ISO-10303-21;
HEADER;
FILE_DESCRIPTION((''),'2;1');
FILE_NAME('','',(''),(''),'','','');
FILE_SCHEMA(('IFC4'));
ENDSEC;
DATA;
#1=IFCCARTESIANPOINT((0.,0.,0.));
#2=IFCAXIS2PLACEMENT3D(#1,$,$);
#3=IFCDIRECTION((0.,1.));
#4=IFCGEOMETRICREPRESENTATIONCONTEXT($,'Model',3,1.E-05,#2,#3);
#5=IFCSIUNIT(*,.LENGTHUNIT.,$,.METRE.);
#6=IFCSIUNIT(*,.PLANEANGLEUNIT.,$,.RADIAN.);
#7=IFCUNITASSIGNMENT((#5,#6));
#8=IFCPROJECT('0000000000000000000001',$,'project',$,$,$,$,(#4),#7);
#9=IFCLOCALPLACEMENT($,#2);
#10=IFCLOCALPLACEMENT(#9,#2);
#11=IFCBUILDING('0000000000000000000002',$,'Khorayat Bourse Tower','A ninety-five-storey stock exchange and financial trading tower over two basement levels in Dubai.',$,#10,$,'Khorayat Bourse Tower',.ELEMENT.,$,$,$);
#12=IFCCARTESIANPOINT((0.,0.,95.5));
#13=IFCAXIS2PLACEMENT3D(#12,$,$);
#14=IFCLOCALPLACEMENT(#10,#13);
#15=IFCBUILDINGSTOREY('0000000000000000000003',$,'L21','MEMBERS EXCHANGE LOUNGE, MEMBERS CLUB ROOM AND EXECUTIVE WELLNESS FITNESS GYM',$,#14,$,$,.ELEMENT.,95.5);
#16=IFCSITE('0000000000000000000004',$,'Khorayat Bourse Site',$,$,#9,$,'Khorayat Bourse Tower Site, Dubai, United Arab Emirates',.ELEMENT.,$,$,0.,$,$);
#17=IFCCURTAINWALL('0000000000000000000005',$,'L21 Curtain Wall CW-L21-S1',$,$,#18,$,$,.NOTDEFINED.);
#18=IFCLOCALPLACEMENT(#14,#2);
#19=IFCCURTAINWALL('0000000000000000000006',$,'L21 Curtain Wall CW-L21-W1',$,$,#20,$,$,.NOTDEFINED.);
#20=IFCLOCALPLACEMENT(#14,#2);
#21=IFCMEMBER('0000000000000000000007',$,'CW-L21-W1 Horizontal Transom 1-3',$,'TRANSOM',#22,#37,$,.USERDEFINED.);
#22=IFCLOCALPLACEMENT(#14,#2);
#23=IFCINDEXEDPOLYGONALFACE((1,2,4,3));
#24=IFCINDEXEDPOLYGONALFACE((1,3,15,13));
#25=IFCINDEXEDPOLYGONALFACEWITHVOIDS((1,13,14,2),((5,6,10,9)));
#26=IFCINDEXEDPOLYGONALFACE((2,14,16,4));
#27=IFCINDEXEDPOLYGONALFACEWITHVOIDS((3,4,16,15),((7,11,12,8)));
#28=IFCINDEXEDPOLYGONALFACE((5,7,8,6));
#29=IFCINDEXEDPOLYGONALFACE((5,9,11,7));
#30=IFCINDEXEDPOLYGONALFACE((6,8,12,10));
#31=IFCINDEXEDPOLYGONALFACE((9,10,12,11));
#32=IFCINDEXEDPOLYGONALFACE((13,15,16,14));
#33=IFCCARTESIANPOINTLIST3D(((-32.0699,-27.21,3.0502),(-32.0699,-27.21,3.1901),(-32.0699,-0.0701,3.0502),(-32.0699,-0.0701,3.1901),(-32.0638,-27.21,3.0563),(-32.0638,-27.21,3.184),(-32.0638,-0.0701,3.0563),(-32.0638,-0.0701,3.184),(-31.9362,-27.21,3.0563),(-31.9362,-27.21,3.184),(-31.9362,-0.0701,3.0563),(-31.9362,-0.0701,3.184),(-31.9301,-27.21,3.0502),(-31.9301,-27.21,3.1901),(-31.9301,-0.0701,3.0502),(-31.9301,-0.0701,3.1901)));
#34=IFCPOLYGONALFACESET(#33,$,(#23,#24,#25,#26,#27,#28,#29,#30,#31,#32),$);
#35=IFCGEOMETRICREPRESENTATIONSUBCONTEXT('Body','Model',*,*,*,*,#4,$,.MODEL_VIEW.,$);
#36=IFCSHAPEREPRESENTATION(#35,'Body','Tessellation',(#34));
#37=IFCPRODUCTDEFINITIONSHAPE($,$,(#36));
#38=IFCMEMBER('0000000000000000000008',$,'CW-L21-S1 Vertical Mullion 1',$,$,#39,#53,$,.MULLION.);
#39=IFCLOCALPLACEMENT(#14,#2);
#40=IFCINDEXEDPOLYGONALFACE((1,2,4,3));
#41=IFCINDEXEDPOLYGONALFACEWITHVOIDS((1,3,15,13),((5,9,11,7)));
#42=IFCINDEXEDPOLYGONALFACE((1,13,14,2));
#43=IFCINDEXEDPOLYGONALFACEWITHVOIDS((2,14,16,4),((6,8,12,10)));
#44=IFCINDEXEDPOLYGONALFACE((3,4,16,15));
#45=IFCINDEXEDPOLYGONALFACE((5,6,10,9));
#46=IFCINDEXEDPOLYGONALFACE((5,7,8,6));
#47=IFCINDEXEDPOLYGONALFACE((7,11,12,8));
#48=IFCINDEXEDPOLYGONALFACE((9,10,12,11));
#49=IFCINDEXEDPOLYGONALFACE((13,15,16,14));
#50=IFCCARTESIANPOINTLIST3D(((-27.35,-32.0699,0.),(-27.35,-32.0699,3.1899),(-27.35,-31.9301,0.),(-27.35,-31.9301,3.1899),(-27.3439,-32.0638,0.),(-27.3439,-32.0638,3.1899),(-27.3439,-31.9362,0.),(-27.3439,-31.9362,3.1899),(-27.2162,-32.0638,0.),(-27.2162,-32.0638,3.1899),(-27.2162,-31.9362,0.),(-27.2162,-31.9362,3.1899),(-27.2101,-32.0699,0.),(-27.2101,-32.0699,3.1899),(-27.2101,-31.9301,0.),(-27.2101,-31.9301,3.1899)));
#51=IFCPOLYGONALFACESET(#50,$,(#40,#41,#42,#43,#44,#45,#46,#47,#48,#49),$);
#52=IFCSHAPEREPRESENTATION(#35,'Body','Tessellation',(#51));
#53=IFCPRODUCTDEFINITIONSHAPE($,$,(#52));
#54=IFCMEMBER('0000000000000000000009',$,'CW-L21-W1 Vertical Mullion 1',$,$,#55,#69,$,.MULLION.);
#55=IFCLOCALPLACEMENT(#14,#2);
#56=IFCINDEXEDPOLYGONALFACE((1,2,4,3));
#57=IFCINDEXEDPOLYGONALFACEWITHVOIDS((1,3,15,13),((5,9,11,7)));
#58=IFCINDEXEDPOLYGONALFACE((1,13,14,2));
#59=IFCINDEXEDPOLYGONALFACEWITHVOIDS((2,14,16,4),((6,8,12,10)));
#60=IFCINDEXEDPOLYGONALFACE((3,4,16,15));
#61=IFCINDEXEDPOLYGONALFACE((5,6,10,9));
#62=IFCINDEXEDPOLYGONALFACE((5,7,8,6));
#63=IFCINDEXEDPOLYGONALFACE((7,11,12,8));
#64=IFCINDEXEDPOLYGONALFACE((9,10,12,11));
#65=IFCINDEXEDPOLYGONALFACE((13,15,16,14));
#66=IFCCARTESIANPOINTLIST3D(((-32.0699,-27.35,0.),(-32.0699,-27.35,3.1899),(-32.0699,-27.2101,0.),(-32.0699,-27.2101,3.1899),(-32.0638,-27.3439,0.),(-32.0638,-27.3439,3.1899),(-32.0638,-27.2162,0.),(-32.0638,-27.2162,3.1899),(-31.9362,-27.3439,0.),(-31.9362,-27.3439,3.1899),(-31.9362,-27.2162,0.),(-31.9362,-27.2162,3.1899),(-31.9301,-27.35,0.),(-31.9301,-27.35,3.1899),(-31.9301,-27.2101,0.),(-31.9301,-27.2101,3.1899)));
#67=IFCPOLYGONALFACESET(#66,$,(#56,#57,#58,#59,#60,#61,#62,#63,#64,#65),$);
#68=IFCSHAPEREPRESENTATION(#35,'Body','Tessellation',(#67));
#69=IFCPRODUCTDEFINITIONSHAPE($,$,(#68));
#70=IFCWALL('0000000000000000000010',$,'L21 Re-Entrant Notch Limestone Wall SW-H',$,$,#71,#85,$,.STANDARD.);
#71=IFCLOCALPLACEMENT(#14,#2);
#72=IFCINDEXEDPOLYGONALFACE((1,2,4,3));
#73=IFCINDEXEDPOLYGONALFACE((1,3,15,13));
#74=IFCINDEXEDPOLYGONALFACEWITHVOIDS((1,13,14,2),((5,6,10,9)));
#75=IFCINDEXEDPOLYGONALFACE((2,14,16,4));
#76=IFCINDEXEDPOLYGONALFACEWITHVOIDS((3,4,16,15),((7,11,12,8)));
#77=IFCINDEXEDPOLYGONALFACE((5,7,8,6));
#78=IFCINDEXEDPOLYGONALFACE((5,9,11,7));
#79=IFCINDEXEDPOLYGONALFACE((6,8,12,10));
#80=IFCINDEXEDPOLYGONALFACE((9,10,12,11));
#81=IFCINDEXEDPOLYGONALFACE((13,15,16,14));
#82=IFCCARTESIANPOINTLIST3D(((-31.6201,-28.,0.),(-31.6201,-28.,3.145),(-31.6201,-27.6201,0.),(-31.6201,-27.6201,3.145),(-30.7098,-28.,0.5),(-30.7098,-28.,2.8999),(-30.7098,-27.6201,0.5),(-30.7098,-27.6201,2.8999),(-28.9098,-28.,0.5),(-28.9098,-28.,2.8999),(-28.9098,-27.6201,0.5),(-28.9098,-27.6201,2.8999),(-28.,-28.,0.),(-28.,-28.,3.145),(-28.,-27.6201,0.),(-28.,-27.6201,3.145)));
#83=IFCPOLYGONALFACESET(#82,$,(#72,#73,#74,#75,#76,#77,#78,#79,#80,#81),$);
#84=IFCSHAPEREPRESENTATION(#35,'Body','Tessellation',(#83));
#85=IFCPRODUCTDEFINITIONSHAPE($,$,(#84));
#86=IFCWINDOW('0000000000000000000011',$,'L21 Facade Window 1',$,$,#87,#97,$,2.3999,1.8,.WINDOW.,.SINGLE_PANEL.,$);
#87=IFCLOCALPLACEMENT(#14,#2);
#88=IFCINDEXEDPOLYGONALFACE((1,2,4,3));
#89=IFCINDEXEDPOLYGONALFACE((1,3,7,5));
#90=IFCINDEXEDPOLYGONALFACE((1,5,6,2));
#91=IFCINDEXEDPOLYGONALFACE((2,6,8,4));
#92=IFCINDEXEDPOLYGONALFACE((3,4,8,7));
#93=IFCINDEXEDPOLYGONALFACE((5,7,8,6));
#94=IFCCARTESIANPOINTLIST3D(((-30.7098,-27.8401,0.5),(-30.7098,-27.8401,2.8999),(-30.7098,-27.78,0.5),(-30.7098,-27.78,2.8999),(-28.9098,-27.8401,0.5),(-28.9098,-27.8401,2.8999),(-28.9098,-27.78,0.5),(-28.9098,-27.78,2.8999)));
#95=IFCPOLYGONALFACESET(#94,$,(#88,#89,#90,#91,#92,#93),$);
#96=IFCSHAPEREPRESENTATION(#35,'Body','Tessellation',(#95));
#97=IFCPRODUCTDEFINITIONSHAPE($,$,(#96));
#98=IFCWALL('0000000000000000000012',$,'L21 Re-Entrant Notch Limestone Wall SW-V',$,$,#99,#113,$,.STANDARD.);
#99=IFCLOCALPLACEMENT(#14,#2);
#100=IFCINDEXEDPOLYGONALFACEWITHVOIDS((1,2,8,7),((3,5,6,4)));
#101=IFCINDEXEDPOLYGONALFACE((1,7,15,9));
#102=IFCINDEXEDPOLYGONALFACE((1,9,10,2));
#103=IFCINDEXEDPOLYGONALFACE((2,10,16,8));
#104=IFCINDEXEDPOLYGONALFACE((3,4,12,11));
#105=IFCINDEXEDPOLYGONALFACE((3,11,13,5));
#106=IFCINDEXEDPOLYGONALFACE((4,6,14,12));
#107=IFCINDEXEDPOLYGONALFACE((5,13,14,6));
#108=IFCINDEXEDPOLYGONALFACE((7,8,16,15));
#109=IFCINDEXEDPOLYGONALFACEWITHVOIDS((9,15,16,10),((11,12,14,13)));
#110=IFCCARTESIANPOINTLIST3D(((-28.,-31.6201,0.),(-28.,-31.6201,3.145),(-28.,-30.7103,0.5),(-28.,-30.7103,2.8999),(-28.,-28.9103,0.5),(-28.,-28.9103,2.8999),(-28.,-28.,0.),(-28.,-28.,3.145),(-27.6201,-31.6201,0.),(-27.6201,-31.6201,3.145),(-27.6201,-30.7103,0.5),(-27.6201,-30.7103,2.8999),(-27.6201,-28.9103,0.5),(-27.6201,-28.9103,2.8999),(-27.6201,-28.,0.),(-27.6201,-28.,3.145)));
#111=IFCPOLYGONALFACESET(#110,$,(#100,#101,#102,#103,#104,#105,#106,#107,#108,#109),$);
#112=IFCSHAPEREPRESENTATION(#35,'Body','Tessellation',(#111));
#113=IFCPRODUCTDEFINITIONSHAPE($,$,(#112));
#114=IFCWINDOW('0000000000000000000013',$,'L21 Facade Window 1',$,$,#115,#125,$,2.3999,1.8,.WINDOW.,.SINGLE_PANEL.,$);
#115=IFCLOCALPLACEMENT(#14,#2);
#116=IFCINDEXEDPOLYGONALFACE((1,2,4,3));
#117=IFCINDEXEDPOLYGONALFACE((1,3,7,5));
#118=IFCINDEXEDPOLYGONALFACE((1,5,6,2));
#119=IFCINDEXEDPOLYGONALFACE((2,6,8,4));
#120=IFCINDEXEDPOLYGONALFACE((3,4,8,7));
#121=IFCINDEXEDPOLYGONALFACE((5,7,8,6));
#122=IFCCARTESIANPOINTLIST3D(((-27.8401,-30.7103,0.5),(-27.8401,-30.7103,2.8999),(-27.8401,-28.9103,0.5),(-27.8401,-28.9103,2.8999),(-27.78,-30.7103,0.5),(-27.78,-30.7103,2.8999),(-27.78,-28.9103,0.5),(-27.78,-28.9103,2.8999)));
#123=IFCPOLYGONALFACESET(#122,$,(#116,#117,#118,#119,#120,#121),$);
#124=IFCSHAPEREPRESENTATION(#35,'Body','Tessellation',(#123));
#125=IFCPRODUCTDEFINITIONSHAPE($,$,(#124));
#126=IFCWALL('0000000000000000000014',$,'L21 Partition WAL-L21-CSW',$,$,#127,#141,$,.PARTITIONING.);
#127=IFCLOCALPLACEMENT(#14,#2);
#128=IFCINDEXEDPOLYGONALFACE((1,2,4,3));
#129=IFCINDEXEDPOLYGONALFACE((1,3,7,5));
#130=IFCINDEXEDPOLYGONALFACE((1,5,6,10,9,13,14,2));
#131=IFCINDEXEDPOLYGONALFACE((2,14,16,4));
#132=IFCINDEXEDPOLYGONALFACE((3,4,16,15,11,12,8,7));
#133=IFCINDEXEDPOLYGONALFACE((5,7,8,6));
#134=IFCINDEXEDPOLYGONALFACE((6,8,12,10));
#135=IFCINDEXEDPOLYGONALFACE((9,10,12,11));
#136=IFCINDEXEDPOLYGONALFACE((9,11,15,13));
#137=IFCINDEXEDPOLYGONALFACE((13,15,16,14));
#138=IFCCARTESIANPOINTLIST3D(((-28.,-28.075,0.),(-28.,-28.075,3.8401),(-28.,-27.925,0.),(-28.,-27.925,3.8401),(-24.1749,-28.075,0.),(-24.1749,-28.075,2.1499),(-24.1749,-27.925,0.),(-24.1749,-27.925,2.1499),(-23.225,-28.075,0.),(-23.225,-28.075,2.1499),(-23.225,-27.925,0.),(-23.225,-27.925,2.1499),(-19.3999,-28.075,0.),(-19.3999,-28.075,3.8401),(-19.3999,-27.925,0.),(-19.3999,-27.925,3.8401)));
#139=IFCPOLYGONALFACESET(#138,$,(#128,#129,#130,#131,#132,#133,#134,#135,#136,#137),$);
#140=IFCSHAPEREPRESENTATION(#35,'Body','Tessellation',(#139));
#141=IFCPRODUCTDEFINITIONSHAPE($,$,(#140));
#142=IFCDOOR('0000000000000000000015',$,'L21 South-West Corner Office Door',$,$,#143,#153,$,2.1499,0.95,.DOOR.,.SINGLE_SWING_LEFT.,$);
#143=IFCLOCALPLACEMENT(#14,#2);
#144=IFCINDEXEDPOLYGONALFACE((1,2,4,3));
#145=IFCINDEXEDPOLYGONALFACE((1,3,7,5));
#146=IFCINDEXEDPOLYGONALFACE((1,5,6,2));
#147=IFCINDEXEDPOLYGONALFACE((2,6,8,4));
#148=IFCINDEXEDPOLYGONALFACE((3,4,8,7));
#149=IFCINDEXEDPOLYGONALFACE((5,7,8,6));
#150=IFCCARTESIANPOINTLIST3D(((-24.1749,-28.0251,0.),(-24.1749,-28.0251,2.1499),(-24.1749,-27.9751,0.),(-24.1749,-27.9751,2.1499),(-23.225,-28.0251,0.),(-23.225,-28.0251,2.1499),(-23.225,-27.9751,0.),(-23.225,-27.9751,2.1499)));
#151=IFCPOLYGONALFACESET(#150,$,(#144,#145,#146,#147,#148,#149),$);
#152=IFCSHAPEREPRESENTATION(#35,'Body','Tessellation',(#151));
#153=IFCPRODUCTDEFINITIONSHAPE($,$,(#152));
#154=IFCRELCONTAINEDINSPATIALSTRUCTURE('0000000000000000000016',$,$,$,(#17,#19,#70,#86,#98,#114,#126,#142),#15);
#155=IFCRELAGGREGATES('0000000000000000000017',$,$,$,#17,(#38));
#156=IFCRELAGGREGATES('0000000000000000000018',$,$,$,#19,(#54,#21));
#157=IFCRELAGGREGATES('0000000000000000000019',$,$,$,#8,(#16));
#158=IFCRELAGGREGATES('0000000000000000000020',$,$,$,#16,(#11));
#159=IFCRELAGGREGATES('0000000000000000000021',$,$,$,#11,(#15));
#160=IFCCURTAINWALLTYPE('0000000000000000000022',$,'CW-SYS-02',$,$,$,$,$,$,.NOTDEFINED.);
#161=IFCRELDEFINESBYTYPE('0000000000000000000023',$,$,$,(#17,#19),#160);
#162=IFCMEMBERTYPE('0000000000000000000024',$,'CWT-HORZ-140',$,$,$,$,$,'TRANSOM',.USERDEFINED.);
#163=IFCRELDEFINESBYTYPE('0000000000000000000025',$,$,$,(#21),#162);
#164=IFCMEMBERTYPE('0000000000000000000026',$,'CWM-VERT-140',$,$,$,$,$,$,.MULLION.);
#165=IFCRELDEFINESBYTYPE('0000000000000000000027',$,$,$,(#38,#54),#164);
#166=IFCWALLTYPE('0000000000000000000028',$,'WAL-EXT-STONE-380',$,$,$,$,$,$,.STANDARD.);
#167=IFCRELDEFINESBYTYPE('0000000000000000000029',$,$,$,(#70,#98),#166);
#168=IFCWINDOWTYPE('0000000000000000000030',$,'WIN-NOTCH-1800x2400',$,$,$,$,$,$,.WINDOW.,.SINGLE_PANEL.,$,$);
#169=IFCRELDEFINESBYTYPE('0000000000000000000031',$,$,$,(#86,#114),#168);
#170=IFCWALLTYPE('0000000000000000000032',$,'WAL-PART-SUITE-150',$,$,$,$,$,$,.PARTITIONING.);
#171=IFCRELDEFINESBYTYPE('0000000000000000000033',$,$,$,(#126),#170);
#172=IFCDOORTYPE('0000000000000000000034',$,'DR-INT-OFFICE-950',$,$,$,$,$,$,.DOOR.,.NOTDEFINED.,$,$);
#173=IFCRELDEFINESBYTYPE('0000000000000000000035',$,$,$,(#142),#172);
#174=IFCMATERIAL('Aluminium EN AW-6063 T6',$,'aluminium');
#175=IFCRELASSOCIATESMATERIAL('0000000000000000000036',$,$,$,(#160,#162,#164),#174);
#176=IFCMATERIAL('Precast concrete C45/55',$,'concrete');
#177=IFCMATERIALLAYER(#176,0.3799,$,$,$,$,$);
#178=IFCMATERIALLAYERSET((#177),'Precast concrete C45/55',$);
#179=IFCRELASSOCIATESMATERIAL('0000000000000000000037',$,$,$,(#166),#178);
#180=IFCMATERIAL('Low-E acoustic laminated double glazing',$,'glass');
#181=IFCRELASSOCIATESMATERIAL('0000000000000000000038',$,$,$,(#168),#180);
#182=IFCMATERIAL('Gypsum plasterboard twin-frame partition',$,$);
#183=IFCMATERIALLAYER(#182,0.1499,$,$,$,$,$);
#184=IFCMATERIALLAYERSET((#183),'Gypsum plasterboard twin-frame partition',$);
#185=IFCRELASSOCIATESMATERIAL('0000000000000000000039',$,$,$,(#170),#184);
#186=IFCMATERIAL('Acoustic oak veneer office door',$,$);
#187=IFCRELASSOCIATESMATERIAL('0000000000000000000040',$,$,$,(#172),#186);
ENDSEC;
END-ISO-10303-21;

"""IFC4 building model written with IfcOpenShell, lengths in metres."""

from ifc_helpers import new_model, si_unit, direction, frame, frame_2d, origin, origin_2d, place, context, subcontext, project, spatial, rectangle, hollow_rectangle, extrude, source, transform, mapped, material, layer, layer_set, material_profile, profile_set, type_object, element, fill, aggregate, save


model = new_model("IFC4")

# Units and contexts
model_context = context("Model", 3, precision=1e-05, world=origin(), true_north=direction((0.0, 1.0)))
body_context = subcontext(model_context, "Body", "Model", "MODEL_VIEW")
ifc_project = project(units=[si_unit("LENGTHUNIT", "METRE"), si_unit("PLANEANGLEUNIT", "RADIAN")], contexts=[model_context])

# Site, building, storey
site_placement = place(None, origin())
site = spatial("IfcSite", under=ifc_project, at=site_placement, Name="Khorayat Bourse Site", LongName="Khorayat Bourse Tower Site, Dubai, United Arab Emirates", CompositionType="ELEMENT", RefElevation=0.0)
building_placement = place(site_placement, origin())
building = spatial("IfcBuilding", under=site, at=building_placement, Name="Khorayat Bourse Tower", Description="A ninety-five-storey stock exchange and financial trading tower over two basement levels in Dubai.", LongName="Khorayat Bourse Tower", CompositionType="ELEMENT")
storey_placement = place(building_placement, frame((0.0, 0.0, 95.5)))
storey = spatial("IfcBuildingStorey", under=building, at=storey_placement, Name="L21", Description="MEMBERS EXCHANGE LOUNGE, MEMBERS CLUB ROOM AND EXECUTIVE WELLNESS FITNESS GYM", CompositionType="ELEMENT", Elevation=95.5)

# Curtain walls, member
ifc_material_1 = material(Name="Aluminium EN AW-6063 T6", Category="aluminium")
curtain_wall_type = type_object("IfcCurtainWallType", Name="CW-SYS-02", PredefinedType="NOTDEFINED", material=ifc_material_1)
curtain_wall_1_placement = place(storey_placement, origin())
curtain_wall_1 = element("IfcCurtainWall", 1, at=curtain_wall_1_placement, inside=storey, type_object=curtain_wall_type, Name="L21 Curtain Wall CW-L21-S1", PredefinedType="NOTDEFINED")
ifc_material_profile_1 = material_profile(ifc_material_1, hollow_rectangle(XDim=0.1399, YDim=0.1399, WallThickness=0.0061, at=origin_2d()), Name="ALU 140x140x6")
ifc_profile_set_1 = profile_set([ifc_material_profile_1], Name="Aluminium EN AW-6063 T6")
member_type_1 = type_object("IfcMemberType", Name="CWT-HORZ-140", ElementType="TRANSOM", PredefinedType="USERDEFINED", material=ifc_profile_set_1)
shared_shape_1 = source(origin(), body_context, "Body", "SweptSolid", [
    extrude(hollow_rectangle(XDim=0.1399, YDim=0.1399, WallThickness=0.0061, at=origin_2d()), origin(), (0.0, 0.0, 1.0), 27.1399),
])
curtain_wall_2_placement = place(storey_placement, origin())
curtain_wall_2 = element("IfcCurtainWall", 2, at=curtain_wall_2_placement, inside=storey, type_object=curtain_wall_type, Name="L21 Curtain Wall CW-L21-W1", PredefinedType="NOTDEFINED")
member_1_placement = place(storey_placement, frame((-32.0, -27.21, 3.1201), z_axis=(0.0, 1.0, 0.0), x_axis=(-1.0, 0.0, 0.0)))
member_1 = element("IfcMember", 3, at=member_1_placement, type_object=member_type_1, Name="CW-L21-W1 Horizontal Transom 1-3", ObjectType="TRANSOM", PredefinedType="USERDEFINED", context=body_context, shape_type="MappedRepresentation", body=[
    mapped(shared_shape_1, transform((0.0, 0.0, 0.0), scale=1.0)),
])

# Members
ifc_material_profile_2 = material_profile(ifc_material_1, hollow_rectangle(XDim=0.1399, YDim=0.1399, WallThickness=0.0061, at=origin_2d()), Name="ALU 140x140x6")
ifc_profile_set_2 = profile_set([ifc_material_profile_2], Name="Aluminium EN AW-6063 T6")
member_type_2 = type_object("IfcMemberType", Name="CWM-VERT-140", PredefinedType="MULLION", material=ifc_profile_set_2)
shared_shape_2 = source(origin(), body_context, "Body", "SweptSolid", [
    extrude(hollow_rectangle(XDim=0.1399, YDim=0.1399, WallThickness=0.0061, at=origin_2d()), origin(), (0.0, 0.0, 1.0), 3.1899),
])
member_2_placement = place(storey_placement, frame((-27.28, -32.0, 0.0), z_axis=(0.0, 0.0, 1.0), x_axis=(0.0, 1.0, 0.0)))
member_2 = element("IfcMember", 4, at=member_2_placement, type_object=member_type_2, Name="CW-L21-S1 Vertical Mullion 1", PredefinedType="MULLION", context=body_context, shape_type="MappedRepresentation", body=[
    mapped(shared_shape_2, transform((0.0, 0.0, 0.0), scale=1.0)),
])
aggregate(curtain_wall_1, [member_2])
member_3_placement = place(storey_placement, frame((-32.0, -27.28, 0.0), z_axis=(0.0, 0.0, 1.0), x_axis=(-1.0, 0.0, 0.0)))
member_3 = element("IfcMember", 5, at=member_3_placement, type_object=member_type_2, Name="CW-L21-W1 Vertical Mullion 1", PredefinedType="MULLION", context=body_context, shape_type="MappedRepresentation", body=[
    mapped(shared_shape_2, transform((0.0, 0.0, 0.0), scale=1.0)),
])
aggregate(curtain_wall_2, [member_3, member_1])

# Walls, openings, windows
ifc_material_2 = material(Name="Precast concrete C45/55", Category="concrete")
ifc_layer_1 = layer(ifc_material_2, 0.3799)
ifc_layer_set_1 = layer_set([ifc_layer_1], Name="Precast concrete C45/55")
wall_type_1 = type_object("IfcWallType", Name="WAL-EXT-STONE-380", PredefinedType="STANDARD", material=ifc_layer_set_1)
shared_shape_3 = source(origin(), body_context, "Body", "SweptSolid", [
    extrude(rectangle(XDim=3.6201, YDim=0.3799, at=frame_2d((1.8101, 0.0))), origin(), (0.0, 0.0, 1.0), 3.145),
])
wall_1_placement = place(storey_placement, frame((-28.0, -27.8101, 0.0), z_axis=(0.0, 0.0, 1.0), x_axis=(-1.0, 0.0, 0.0)))
wall_1 = element("IfcWall", 6, at=wall_1_placement, inside=storey, type_object=wall_type_1, Name="L21 Re-Entrant Notch Limestone Wall SW-H", PredefinedType="STANDARD", context=body_context, shape_type="MappedRepresentation", body=[
    mapped(shared_shape_3, transform((0.0, 0.0, 0.0), scale=1.0)),
])
shared_shape_4 = source(origin(), body_context, "Body", "SweptSolid", [
    extrude(rectangle(XDim=1.8, YDim=2.3999, at=frame_2d((0.8999, 1.2))), frame((0.0, 0.2, 0.0), z_axis=(0.0, -1.0, 0.0), x_axis=(1.0, 0.0, 0.0)), (0.0, 0.0, 1.0), 0.3999),
])
opening_1_placement = place(wall_1_placement, frame((0.9099, 0.0, 0.5)))
opening_1 = element("IfcOpeningElement", 7, at=opening_1_placement, cuts=wall_1, PredefinedType="OPENING", context=body_context, shape_type="MappedRepresentation", body=[
    mapped(shared_shape_4, transform((0.0, 0.0, 0.0), scale=1.0)),
])
ifc_material_3 = material(Name="Low-E acoustic laminated double glazing", Category="glass")
window_type = type_object("IfcWindowType", Name="WIN-NOTCH-1800x2400", PartitioningType="SINGLE_PANEL", PredefinedType="WINDOW", material=ifc_material_3)
shared_shape_5 = source(origin(), body_context, "Body", "SweptSolid", [
    extrude(rectangle(XDim=1.8, YDim=2.3999, at=frame_2d((0.8999, 1.2))), frame((0.0, 0.03, 0.0), z_axis=(0.0, -1.0, 0.0), x_axis=(1.0, 0.0, 0.0)), (0.0, 0.0, 1.0), 0.0601),
])
window_1_placement = place(opening_1_placement, origin())
window_1 = element("IfcWindow", 8, at=window_1_placement, inside=storey, type_object=window_type, Name="L21 Facade Window 1", OverallHeight=2.3999, OverallWidth=1.8, PartitioningType="SINGLE_PANEL", PredefinedType="WINDOW", context=body_context, shape_type="MappedRepresentation", body=[
    mapped(shared_shape_5, transform((0.0, 0.0, 0.0), scale=1.0)),
])
fill(opening_1, window_1)
wall_2_placement = place(storey_placement, frame((-27.8101, -31.6201, 0.0), z_axis=(0.0, 0.0, 1.0), x_axis=(0.0, 1.0, 0.0)))
wall_2 = element("IfcWall", 9, at=wall_2_placement, inside=storey, type_object=wall_type_1, Name="L21 Re-Entrant Notch Limestone Wall SW-V", PredefinedType="STANDARD", context=body_context, shape_type="MappedRepresentation", body=[
    mapped(shared_shape_3, transform((0.0, 0.0, 0.0), scale=1.0)),
])
opening_2_placement = place(wall_2_placement, frame((0.9099, 0.0, 0.5)))
opening_2 = element("IfcOpeningElement", 10, at=opening_2_placement, cuts=wall_2, PredefinedType="OPENING", context=body_context, shape_type="MappedRepresentation", body=[
    mapped(shared_shape_4, transform((0.0, 0.0, 0.0), scale=1.0)),
])
window_2_placement = place(opening_2_placement, origin())
window_2 = element("IfcWindow", 11, at=window_2_placement, inside=storey, type_object=window_type, Name="L21 Facade Window 1", OverallHeight=2.3999, OverallWidth=1.8, PartitioningType="SINGLE_PANEL", PredefinedType="WINDOW", context=body_context, shape_type="MappedRepresentation", body=[
    mapped(shared_shape_5, transform((0.0, 0.0, 0.0), scale=1.0)),
])
fill(opening_2, window_2)

# Wall, opening, door
ifc_material_4 = material(Name="Gypsum plasterboard twin-frame partition")
ifc_layer_2 = layer(ifc_material_4, 0.1499)
ifc_layer_set_2 = layer_set([ifc_layer_2], Name="Gypsum plasterboard twin-frame partition")
wall_type_2 = type_object("IfcWallType", Name="WAL-PART-SUITE-150", PredefinedType="PARTITIONING", material=ifc_layer_set_2)
shared_shape_6 = source(origin(), body_context, "Body", "SweptSolid", [
    extrude(rectangle(XDim=8.6001, YDim=0.1499, at=frame_2d((4.3, 0.0))), origin(), (0.0, 0.0, 1.0), 3.8401),
])
wall_3_placement = place(storey_placement, frame((-28.0, -28.0, 0.0), z_axis=(0.0, 0.0, 1.0), x_axis=(1.0, 0.0, 0.0)))
wall_3 = element("IfcWall", 12, at=wall_3_placement, inside=storey, type_object=wall_type_2, Name="L21 Partition WAL-L21-CSW", PredefinedType="PARTITIONING", context=body_context, shape_type="MappedRepresentation", body=[
    mapped(shared_shape_6, transform((0.0, 0.0, 0.0), scale=1.0)),
])
shared_shape_7 = source(origin(), body_context, "Body", "SweptSolid", [
    extrude(rectangle(XDim=0.95, YDim=2.1499, at=frame_2d((0.4751, 1.075))), frame((0.0, 0.085, 0.0), z_axis=(0.0, -1.0, 0.0), x_axis=(1.0, 0.0, 0.0)), (0.0, 0.0, 1.0), 0.1699),
])
opening_3_placement = place(wall_3_placement, frame((3.825, 0.0, 0.0)))
opening_3 = element("IfcOpeningElement", 13, at=opening_3_placement, cuts=wall_3, PredefinedType="OPENING", context=body_context, shape_type="MappedRepresentation", body=[
    mapped(shared_shape_7, transform((0.0, 0.0, 0.0), scale=1.0)),
])
ifc_material_5 = material(Name="Acoustic oak veneer office door")
door_type = type_object("IfcDoorType", Name="DR-INT-OFFICE-950", OperationType="NOTDEFINED", PredefinedType="DOOR", material=ifc_material_5)
shared_shape_8 = source(origin(), body_context, "Body", "SweptSolid", [
    extrude(rectangle(XDim=0.95, YDim=2.1499, at=frame_2d((0.4751, 1.075))), frame((0.0, 0.0249, 0.0), z_axis=(0.0, -1.0, 0.0), x_axis=(1.0, 0.0, 0.0)), (0.0, 0.0, 1.0), 0.05),
])
door_placement = place(opening_3_placement, origin())
door = element("IfcDoor", 14, at=door_placement, inside=storey, type_object=door_type, Name="L21 South-West Corner Office Door", OperationType="SINGLE_SWING_LEFT", OverallHeight=2.1499, OverallWidth=0.95, PredefinedType="DOOR", context=body_context, shape_type="MappedRepresentation", body=[
    mapped(shared_shape_8, transform((0.0, 0.0, 0.0), scale=1.0)),
])
fill(opening_3, door)

save(model, "model.ifc")
